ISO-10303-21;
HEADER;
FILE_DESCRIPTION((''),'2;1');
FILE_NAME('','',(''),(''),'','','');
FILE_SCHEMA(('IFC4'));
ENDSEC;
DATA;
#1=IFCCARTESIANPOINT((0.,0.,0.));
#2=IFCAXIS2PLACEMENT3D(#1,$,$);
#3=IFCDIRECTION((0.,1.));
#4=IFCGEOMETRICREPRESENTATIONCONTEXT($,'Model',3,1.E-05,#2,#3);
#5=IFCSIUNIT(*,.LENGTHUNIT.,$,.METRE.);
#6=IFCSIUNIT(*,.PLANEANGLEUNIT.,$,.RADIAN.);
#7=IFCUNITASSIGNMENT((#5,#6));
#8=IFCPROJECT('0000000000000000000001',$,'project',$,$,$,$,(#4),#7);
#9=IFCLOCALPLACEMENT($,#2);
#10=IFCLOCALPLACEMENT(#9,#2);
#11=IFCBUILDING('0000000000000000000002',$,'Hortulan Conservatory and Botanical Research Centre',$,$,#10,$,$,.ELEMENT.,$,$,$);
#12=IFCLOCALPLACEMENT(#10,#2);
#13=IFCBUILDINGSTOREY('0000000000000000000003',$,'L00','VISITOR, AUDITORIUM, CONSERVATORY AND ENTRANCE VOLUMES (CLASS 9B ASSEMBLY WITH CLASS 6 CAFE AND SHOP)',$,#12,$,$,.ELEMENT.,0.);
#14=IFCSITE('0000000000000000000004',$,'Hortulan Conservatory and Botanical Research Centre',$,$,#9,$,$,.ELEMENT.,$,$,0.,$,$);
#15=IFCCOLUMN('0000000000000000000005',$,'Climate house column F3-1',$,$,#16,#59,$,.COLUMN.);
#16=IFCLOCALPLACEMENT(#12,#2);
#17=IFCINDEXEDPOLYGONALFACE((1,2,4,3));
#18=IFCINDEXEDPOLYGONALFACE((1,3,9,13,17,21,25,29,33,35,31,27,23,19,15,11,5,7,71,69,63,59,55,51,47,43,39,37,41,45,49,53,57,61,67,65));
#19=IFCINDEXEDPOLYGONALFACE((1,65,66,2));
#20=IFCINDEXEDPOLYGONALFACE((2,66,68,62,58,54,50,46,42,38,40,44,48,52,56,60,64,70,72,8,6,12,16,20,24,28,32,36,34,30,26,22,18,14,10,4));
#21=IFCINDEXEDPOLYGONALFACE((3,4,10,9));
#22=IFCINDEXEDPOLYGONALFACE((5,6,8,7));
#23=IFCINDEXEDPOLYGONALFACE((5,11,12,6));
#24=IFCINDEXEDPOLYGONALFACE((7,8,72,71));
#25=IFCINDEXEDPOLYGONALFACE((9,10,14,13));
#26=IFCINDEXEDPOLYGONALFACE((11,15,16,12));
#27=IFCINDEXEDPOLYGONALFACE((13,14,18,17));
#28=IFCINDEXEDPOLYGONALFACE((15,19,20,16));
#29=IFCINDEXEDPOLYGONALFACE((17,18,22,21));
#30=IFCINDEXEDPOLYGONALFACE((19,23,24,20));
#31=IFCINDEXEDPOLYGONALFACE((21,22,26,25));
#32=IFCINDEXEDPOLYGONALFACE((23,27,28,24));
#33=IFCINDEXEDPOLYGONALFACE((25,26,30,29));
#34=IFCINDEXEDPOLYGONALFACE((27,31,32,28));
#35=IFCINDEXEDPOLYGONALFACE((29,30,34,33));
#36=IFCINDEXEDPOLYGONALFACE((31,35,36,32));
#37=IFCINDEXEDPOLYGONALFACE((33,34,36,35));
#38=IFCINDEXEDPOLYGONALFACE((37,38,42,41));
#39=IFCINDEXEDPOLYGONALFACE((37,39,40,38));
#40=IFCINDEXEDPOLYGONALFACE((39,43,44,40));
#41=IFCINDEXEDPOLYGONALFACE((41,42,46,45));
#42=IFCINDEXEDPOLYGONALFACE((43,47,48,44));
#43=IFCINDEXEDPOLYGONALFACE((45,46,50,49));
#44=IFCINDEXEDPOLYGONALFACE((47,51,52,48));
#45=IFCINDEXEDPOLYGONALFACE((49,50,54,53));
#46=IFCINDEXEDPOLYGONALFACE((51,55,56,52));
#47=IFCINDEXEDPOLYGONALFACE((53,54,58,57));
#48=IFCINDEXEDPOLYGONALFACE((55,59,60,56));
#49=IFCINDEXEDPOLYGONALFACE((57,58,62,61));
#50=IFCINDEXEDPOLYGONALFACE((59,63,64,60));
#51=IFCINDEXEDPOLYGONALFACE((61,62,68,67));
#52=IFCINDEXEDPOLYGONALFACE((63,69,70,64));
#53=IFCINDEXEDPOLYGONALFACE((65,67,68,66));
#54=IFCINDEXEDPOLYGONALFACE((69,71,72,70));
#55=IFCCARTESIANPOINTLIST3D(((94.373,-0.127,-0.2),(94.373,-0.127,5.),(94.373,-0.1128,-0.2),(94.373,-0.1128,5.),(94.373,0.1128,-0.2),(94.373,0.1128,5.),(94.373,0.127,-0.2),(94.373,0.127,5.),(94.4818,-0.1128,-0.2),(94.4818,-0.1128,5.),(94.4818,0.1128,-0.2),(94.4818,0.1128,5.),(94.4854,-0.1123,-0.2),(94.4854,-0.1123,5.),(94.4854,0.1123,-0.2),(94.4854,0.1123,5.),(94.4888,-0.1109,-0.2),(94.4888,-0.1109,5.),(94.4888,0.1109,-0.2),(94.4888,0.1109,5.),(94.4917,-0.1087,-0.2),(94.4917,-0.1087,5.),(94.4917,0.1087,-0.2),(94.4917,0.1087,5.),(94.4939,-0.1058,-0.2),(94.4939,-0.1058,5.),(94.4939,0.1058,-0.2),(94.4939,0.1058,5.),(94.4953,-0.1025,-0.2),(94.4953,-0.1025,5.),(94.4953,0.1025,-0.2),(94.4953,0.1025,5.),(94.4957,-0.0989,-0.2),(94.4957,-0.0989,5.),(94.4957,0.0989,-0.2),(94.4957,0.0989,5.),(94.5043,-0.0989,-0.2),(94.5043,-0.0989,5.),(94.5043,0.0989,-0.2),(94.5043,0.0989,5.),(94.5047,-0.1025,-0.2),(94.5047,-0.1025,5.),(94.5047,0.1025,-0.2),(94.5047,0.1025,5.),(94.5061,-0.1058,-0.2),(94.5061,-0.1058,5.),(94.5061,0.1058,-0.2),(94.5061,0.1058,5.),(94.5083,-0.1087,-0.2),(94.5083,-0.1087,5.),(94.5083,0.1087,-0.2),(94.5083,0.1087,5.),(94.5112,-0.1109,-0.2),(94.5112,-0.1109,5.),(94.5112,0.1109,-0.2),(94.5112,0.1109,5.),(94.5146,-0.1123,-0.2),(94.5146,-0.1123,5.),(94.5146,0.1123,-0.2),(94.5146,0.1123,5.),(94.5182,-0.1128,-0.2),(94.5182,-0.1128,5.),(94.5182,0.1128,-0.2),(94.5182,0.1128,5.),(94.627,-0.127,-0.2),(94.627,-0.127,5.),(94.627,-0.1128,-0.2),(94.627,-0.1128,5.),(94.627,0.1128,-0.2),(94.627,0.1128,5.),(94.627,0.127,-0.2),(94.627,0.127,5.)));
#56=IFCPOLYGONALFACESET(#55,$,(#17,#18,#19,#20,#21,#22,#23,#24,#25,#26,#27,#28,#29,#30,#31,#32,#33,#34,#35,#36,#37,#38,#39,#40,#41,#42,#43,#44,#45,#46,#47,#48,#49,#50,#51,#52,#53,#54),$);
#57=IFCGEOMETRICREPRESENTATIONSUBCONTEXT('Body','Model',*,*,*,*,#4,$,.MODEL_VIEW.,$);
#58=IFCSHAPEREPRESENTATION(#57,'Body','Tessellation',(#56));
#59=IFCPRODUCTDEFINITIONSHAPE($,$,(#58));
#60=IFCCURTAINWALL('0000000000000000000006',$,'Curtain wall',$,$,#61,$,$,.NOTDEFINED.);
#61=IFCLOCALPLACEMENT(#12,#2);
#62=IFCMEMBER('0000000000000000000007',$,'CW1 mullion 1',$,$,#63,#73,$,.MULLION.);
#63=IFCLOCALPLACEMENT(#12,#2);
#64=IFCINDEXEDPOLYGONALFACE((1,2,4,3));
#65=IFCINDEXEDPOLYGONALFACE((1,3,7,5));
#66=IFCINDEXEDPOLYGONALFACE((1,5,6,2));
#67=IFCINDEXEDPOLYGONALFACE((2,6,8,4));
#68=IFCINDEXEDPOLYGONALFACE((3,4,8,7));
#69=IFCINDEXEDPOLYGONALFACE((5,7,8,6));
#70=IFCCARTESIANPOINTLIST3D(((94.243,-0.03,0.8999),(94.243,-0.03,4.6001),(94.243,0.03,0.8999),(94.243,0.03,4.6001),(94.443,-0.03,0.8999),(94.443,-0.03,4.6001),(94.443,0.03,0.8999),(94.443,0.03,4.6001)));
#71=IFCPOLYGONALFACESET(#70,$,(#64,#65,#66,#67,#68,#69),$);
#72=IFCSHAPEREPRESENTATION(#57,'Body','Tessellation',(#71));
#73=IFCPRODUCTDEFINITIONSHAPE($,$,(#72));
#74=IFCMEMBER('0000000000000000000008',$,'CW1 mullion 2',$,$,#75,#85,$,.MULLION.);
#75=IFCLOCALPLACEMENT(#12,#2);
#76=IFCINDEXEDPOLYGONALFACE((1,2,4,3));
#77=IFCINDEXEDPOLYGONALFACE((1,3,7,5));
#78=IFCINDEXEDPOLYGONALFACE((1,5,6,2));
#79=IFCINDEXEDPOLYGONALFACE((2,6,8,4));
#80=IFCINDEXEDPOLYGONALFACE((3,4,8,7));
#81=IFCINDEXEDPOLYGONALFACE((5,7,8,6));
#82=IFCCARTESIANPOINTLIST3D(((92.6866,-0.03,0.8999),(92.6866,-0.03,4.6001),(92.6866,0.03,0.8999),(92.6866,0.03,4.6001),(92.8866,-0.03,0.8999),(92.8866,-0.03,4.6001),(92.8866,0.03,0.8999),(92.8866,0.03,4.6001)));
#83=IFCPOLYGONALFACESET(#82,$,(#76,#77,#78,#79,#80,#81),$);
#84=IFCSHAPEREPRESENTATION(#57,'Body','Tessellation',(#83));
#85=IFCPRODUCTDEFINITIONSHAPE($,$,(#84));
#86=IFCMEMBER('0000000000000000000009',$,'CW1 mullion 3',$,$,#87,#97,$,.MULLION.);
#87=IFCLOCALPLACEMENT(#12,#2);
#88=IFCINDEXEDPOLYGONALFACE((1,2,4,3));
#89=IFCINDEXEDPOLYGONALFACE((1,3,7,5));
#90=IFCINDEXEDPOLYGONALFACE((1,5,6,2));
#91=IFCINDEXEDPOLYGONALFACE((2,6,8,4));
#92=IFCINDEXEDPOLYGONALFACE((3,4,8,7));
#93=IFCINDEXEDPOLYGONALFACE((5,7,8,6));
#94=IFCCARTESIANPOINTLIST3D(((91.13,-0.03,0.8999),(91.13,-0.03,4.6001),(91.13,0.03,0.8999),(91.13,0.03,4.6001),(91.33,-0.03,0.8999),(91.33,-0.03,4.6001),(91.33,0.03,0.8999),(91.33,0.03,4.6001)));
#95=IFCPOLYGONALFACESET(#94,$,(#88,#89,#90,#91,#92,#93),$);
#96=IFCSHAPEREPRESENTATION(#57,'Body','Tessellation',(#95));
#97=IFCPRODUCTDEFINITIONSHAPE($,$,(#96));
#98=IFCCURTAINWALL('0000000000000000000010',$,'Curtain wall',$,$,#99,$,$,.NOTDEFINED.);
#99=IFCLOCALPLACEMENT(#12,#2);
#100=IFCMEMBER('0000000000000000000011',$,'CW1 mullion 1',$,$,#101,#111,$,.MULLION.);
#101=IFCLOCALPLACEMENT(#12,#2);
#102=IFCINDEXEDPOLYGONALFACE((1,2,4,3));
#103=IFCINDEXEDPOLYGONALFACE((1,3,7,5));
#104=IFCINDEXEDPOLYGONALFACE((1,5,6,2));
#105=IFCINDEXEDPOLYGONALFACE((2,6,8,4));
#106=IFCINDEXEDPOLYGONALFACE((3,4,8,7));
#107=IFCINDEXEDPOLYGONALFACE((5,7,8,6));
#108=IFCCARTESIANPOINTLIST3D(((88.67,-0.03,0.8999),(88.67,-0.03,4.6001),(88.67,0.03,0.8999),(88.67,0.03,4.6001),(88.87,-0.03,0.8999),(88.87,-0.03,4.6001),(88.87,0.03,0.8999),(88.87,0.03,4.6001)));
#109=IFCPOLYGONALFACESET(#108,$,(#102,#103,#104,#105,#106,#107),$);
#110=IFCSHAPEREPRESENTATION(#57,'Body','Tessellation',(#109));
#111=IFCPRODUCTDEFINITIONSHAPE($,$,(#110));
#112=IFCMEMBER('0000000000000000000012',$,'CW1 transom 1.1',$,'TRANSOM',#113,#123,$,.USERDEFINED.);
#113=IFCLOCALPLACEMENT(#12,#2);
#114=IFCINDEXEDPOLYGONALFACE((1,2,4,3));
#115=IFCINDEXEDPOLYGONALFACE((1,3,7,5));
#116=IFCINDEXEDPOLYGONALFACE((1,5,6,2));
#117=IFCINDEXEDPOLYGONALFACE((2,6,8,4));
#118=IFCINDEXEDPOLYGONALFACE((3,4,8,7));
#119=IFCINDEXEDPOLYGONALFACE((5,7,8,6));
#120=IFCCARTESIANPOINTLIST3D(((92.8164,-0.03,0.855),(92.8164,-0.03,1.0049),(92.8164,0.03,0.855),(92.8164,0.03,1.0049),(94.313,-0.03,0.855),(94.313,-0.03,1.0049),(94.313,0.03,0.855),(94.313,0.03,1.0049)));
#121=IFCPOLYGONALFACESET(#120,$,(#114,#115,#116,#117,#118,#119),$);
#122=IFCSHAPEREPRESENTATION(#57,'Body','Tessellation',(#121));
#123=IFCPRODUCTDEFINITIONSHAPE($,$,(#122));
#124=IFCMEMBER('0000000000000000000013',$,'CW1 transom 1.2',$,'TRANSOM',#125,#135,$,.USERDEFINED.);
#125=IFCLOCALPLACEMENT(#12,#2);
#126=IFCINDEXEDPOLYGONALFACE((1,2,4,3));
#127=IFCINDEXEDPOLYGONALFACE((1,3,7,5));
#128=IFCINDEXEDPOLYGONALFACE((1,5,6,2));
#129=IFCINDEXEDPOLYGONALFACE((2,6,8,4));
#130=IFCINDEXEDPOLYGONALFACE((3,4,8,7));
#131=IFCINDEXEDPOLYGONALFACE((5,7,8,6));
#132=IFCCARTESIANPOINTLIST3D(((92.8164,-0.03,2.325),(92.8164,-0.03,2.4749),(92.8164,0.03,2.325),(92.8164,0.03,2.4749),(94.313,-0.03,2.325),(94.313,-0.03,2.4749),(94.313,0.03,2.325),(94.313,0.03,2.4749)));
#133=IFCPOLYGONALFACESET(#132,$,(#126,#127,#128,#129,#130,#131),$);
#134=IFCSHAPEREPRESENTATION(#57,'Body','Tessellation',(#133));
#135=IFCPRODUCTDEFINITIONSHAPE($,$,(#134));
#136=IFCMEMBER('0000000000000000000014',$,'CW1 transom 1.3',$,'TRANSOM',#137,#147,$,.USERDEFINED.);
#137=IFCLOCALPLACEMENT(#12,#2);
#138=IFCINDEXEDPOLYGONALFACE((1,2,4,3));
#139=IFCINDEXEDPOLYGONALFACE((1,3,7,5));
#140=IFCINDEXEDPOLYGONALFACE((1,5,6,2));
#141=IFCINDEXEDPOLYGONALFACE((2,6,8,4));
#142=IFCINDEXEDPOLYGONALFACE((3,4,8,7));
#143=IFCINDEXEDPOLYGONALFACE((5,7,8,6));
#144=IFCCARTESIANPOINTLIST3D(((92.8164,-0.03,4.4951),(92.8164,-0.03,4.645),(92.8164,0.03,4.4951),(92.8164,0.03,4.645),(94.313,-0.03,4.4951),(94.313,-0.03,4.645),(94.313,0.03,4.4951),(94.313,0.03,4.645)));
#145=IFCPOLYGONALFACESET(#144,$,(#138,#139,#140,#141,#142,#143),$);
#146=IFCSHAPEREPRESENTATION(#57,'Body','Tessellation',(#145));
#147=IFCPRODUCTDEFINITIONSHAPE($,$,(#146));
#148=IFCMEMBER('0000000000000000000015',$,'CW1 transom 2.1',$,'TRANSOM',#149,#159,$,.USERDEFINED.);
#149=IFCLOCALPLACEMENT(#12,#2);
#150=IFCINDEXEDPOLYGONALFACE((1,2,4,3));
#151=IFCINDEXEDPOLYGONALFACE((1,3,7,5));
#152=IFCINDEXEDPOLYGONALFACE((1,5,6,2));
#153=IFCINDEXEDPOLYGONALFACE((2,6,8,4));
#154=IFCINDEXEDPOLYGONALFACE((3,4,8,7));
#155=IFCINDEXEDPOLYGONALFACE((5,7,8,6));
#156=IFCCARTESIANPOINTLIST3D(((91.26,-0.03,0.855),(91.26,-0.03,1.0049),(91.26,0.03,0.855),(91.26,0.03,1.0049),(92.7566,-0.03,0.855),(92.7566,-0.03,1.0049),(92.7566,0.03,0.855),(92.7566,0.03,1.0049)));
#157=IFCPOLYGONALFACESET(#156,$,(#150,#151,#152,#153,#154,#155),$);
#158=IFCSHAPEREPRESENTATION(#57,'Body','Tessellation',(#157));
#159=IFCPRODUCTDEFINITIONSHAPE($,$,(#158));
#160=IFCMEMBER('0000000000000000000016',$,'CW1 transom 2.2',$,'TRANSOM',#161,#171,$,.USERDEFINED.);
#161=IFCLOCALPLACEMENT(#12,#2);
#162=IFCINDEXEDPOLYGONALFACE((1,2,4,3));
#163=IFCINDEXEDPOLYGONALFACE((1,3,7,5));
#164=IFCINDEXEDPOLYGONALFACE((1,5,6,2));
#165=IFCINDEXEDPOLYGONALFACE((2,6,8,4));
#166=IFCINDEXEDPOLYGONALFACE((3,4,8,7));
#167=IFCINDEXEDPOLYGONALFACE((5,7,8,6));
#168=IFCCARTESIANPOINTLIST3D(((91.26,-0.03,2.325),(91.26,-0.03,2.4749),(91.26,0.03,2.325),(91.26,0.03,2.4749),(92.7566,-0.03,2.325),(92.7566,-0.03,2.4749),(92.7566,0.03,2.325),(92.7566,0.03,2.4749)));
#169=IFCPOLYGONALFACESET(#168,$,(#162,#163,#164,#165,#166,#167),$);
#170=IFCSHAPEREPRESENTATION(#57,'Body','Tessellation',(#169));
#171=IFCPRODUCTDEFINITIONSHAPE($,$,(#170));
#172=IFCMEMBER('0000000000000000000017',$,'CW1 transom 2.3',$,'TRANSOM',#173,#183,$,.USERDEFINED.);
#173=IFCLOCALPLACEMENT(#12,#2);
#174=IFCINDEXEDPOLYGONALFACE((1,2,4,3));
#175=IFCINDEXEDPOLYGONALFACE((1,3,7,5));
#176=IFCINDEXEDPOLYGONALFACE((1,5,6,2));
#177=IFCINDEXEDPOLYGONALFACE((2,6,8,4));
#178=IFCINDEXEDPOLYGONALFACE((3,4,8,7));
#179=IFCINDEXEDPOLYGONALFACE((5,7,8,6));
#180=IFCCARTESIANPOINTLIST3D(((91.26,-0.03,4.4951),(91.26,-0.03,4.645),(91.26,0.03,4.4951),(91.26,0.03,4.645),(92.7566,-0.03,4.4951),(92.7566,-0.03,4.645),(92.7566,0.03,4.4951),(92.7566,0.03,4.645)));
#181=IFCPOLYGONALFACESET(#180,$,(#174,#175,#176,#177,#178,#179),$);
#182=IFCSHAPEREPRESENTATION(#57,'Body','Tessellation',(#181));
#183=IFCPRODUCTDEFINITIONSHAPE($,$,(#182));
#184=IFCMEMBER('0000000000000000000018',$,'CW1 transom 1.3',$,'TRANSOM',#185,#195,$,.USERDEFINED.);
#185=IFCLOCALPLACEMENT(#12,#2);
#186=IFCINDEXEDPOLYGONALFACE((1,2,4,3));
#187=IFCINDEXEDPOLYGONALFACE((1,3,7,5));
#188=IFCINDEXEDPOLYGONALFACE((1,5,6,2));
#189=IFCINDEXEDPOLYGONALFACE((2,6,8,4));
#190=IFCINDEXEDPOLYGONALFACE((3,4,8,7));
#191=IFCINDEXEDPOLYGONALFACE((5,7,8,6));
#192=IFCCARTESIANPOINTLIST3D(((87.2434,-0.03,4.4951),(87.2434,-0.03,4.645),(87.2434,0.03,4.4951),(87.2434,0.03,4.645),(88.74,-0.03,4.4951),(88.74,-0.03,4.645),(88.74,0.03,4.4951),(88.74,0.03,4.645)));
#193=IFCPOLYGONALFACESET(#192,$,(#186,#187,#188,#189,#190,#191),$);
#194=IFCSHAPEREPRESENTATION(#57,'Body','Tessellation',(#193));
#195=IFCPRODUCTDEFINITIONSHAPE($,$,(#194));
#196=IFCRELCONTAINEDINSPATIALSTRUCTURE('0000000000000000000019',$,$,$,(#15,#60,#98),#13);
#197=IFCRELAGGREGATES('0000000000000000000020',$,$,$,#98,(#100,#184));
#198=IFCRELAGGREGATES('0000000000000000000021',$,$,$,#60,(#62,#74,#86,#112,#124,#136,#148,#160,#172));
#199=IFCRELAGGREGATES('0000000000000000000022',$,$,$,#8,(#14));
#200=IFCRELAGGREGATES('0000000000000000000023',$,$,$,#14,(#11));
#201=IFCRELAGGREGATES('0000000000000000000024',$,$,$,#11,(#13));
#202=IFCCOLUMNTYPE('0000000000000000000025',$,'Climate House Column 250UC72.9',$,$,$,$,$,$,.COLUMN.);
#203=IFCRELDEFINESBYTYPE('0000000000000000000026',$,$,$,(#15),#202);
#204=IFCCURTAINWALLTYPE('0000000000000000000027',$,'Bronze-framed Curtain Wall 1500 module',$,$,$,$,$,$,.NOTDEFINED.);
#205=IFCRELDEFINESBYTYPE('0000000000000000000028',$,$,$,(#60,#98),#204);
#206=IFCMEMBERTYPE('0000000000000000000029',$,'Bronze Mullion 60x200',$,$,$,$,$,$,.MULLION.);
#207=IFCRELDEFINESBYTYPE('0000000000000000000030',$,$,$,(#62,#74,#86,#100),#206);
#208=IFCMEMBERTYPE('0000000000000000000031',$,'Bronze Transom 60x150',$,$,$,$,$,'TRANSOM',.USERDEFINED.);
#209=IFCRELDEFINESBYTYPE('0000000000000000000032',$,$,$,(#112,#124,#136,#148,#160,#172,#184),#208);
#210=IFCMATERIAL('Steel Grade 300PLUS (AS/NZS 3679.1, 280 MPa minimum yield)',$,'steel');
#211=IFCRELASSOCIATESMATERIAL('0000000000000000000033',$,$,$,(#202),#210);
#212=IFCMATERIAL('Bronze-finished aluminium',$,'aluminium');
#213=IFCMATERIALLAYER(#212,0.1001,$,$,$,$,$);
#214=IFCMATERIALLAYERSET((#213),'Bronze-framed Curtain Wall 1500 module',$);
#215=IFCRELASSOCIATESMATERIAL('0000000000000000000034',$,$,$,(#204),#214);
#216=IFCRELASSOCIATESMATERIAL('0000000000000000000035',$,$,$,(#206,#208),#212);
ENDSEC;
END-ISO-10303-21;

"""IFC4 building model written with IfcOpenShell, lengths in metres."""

from ifc_helpers import new_model, si_unit, direction, frame, origin, origin_2d, place, context, subcontext, project, spatial, rectangle, i_section, extrude, material, layer, layer_set, material_profile, profile_set, type_object, element, aggregate, save


model = new_model("IFC4")

# Units and contexts
model_context = context("Model", 3, precision=1e-05, world=origin(), true_north=direction((0.0, 1.0)))
body_context = subcontext(model_context, "Body", "Model", "MODEL_VIEW")
ifc_project = project(units=[si_unit("LENGTHUNIT", "METRE"), si_unit("PLANEANGLEUNIT", "RADIAN")], contexts=[model_context])

# Site, building, storey
site_placement = place(None, origin())
site = spatial("IfcSite", under=ifc_project, at=site_placement, Name="Hortulan Conservatory and Botanical Research Centre", CompositionType="ELEMENT", RefElevation=0.0)
building_placement = place(site_placement, origin())
building = spatial("IfcBuilding", under=site, at=building_placement, Name="Hortulan Conservatory and Botanical Research Centre", CompositionType="ELEMENT")
storey_placement = place(building_placement, origin())
storey = spatial("IfcBuildingStorey", under=building, at=storey_placement, Name="L00", Description="VISITOR, AUDITORIUM, CONSERVATORY AND ENTRANCE VOLUMES (CLASS 9B ASSEMBLY WITH CLASS 6 CAFE AND SHOP)", CompositionType="ELEMENT", Elevation=0.0)

# Column
ifc_material_1 = material(Name="Steel Grade 300PLUS (AS/NZS 3679.1, 280 MPa minimum yield)", Category="steel")
ifc_material_profile_1 = material_profile(ifc_material_1, i_section(OverallWidth=0.2539, OverallDepth=0.2539, WebThickness=0.0085, FlangeThickness=0.0142, FilletRadius=0.0139, at=origin_2d()), Name="250UC72.9")
ifc_profile_set_1 = profile_set([ifc_material_profile_1], Name="Steel Grade 300PLUS (AS/NZS 3679.1, 280 MPa minimum yield)")
column_type = type_object("IfcColumnType", Name="Climate House Column 250UC72.9", PredefinedType="COLUMN", material=ifc_profile_set_1)
column_placement = place(storey_placement, frame((94.5, 0.0, -0.2), z_axis=(0.0, 0.0, 1.0), x_axis=(1.0, 0.0, 0.0)))
element("IfcColumn", 1, at=column_placement, inside=storey, type_object=column_type, Name="Climate house column F3-1", PredefinedType="COLUMN", context=body_context, shape_type="SweptSolid", body=[
    extrude(i_section(OverallWidth=0.2539, OverallDepth=0.2539, WebThickness=0.0085, FlangeThickness=0.0142, FilletRadius=0.0139, at=origin_2d()), origin(), (0.0, 0.0, 1.0), 5.2),
])

# Curtain wall, members
ifc_material_2 = material(Name="Bronze-finished aluminium", Category="aluminium")
ifc_layer_1 = layer(ifc_material_2, 0.1001)
ifc_layer_set_1 = layer_set([ifc_layer_1], Name="Bronze-framed Curtain Wall 1500 module")
curtain_wall_type = type_object("IfcCurtainWallType", Name="Bronze-framed Curtain Wall 1500 module", PredefinedType="NOTDEFINED", material=ifc_layer_set_1)
curtain_wall_1_placement = place(storey_placement, origin())
curtain_wall_1 = element("IfcCurtainWall", 2, at=curtain_wall_1_placement, inside=storey, type_object=curtain_wall_type, Name="Curtain wall", PredefinedType="NOTDEFINED")
ifc_material_profile_2 = material_profile(ifc_material_2, rectangle(XDim=0.0601, YDim=0.2, at=origin_2d()), Name="Bronze Mullion 60x200")
ifc_profile_set_2 = profile_set([ifc_material_profile_2], Name="Bronze-finished aluminium")
member_type_1 = type_object("IfcMemberType", Name="Bronze Mullion 60x200", PredefinedType="MULLION", material=ifc_profile_set_2)
member_1_placement = place(storey_placement, frame((94.343, 0.0, 0.8999), z_axis=(0.0, 0.0, 1.0), x_axis=(0.0, -1.0, 0.0)))
member_1 = element("IfcMember", 3, at=member_1_placement, type_object=member_type_1, Name="CW1 mullion 1", PredefinedType="MULLION", context=body_context, shape_type="SweptSolid", body=[
    extrude(rectangle(XDim=0.0601, YDim=0.2, at=origin_2d()), origin(), (0.0, 0.0, 1.0), 3.7002),
])
member_2_placement = place(storey_placement, frame((92.7866, 0.0, 0.8999), z_axis=(0.0, 0.0, 1.0), x_axis=(0.0, -1.0, 0.0)))
member_2 = element("IfcMember", 4, at=member_2_placement, type_object=member_type_1, Name="CW1 mullion 2", PredefinedType="MULLION", context=body_context, shape_type="SweptSolid", body=[
    extrude(rectangle(XDim=0.0601, YDim=0.2, at=origin_2d()), origin(), (0.0, 0.0, 1.0), 3.7002),
])
member_3_placement = place(storey_placement, frame((91.23, 0.0, 0.8999), z_axis=(0.0, 0.0, 1.0), x_axis=(0.0, -1.0, 0.0)))
member_3 = element("IfcMember", 5, at=member_3_placement, type_object=member_type_1, Name="CW1 mullion 3", PredefinedType="MULLION", context=body_context, shape_type="SweptSolid", body=[
    extrude(rectangle(XDim=0.0601, YDim=0.2, at=origin_2d()), origin(), (0.0, 0.0, 1.0), 3.7002),
])

# Curtain wall, member
curtain_wall_2_placement = place(storey_placement, origin())
curtain_wall_2 = element("IfcCurtainWall", 6, at=curtain_wall_2_placement, inside=storey, type_object=curtain_wall_type, Name="Curtain wall", PredefinedType="NOTDEFINED")
member_4_placement = place(storey_placement, frame((88.77, 0.0, 0.8999), z_axis=(0.0, 0.0, 1.0), x_axis=(0.0, -1.0, 0.0)))
member_4 = element("IfcMember", 7, at=member_4_placement, type_object=member_type_1, Name="CW1 mullion 1", PredefinedType="MULLION", context=body_context, shape_type="SweptSolid", body=[
    extrude(rectangle(XDim=0.0601, YDim=0.2, at=origin_2d()), origin(), (0.0, 0.0, 1.0), 3.7002),
])

# Members
ifc_material_profile_3 = material_profile(ifc_material_2, rectangle(XDim=0.0601, YDim=0.1499, at=origin_2d()), Name="Bronze Transom 60x150")
ifc_profile_set_3 = profile_set([ifc_material_profile_3], Name="Bronze-finished aluminium")
member_type_2 = type_object("IfcMemberType", Name="Bronze Transom 60x150", ElementType="TRANSOM", PredefinedType="USERDEFINED", material=ifc_profile_set_3)
member_5_placement = place(storey_placement, frame((94.313, 0.0, 0.9299), z_axis=(-1.0, 0.0, 0.0), x_axis=(0.0, -1.0, 0.0)))
member_5 = element("IfcMember", 8, at=member_5_placement, type_object=member_type_2, Name="CW1 transom 1.1", ObjectType="TRANSOM", PredefinedType="USERDEFINED", context=body_context, shape_type="SweptSolid", body=[
    extrude(rectangle(XDim=0.0601, YDim=0.1499, at=origin_2d()), origin(), (0.0, 0.0, 1.0), 1.4966),
])
member_6_placement = place(storey_placement, frame((94.313, 0.0, 2.3999), z_axis=(-1.0, 0.0, 0.0), x_axis=(0.0, -1.0, 0.0)))
member_6 = element("IfcMember", 9, at=member_6_placement, type_object=member_type_2, Name="CW1 transom 1.2", ObjectType="TRANSOM", PredefinedType="USERDEFINED", context=body_context, shape_type="SweptSolid", body=[
    extrude(rectangle(XDim=0.0601, YDim=0.1499, at=origin_2d()), origin(), (0.0, 0.0, 1.0), 1.4966),
])
member_7_placement = place(storey_placement, frame((94.313, 0.0, 4.5701), z_axis=(-1.0, 0.0, 0.0), x_axis=(0.0, -1.0, 0.0)))
member_7 = element("IfcMember", 10, at=member_7_placement, type_object=member_type_2, Name="CW1 transom 1.3", ObjectType="TRANSOM", PredefinedType="USERDEFINED", context=body_context, shape_type="SweptSolid", body=[
    extrude(rectangle(XDim=0.0601, YDim=0.1499, at=origin_2d()), origin(), (0.0, 0.0, 1.0), 1.4966),
])
member_8_placement = place(storey_placement, frame((92.7566, 0.0, 0.9299), z_axis=(-1.0, 0.0, 0.0), x_axis=(0.0, -1.0, 0.0)))
member_8 = element("IfcMember", 11, at=member_8_placement, type_object=member_type_2, Name="CW1 transom 2.1", ObjectType="TRANSOM", PredefinedType="USERDEFINED", context=body_context, shape_type="SweptSolid", body=[
    extrude(rectangle(XDim=0.0601, YDim=0.1499, at=origin_2d()), origin(), (0.0, 0.0, 1.0), 1.4966),
])
member_9_placement = place(storey_placement, frame((92.7566, 0.0, 2.3999), z_axis=(-1.0, 0.0, 0.0), x_axis=(0.0, -1.0, 0.0)))
member_9 = element("IfcMember", 12, at=member_9_placement, type_object=member_type_2, Name="CW1 transom 2.2", ObjectType="TRANSOM", PredefinedType="USERDEFINED", context=body_context, shape_type="SweptSolid", body=[
    extrude(rectangle(XDim=0.0601, YDim=0.1499, at=origin_2d()), origin(), (0.0, 0.0, 1.0), 1.4966),
])
member_10_placement = place(storey_placement, frame((92.7566, 0.0, 4.5701), z_axis=(-1.0, 0.0, 0.0), x_axis=(0.0, -1.0, 0.0)))
member_10 = element("IfcMember", 13, at=member_10_placement, type_object=member_type_2, Name="CW1 transom 2.3", ObjectType="TRANSOM", PredefinedType="USERDEFINED", context=body_context, shape_type="SweptSolid", body=[
    extrude(rectangle(XDim=0.0601, YDim=0.1499, at=origin_2d()), origin(), (0.0, 0.0, 1.0), 1.4966),
])
member_11_placement = place(storey_placement, frame((88.74, 0.0, 4.5701), z_axis=(-1.0, 0.0, 0.0), x_axis=(0.0, -1.0, 0.0)))
member_11 = element("IfcMember", 14, at=member_11_placement, type_object=member_type_2, Name="CW1 transom 1.3", ObjectType="TRANSOM", PredefinedType="USERDEFINED", context=body_context, shape_type="SweptSolid", body=[
    extrude(rectangle(XDim=0.0601, YDim=0.1499, at=origin_2d()), origin(), (0.0, 0.0, 1.0), 1.4966),
])
aggregate(curtain_wall_2, [member_4, member_11])

aggregate(curtain_wall_1, [member_1, member_2, member_3, member_5, member_6, member_7, member_8, member_9, member_10])

save(model, "model.ifc")
